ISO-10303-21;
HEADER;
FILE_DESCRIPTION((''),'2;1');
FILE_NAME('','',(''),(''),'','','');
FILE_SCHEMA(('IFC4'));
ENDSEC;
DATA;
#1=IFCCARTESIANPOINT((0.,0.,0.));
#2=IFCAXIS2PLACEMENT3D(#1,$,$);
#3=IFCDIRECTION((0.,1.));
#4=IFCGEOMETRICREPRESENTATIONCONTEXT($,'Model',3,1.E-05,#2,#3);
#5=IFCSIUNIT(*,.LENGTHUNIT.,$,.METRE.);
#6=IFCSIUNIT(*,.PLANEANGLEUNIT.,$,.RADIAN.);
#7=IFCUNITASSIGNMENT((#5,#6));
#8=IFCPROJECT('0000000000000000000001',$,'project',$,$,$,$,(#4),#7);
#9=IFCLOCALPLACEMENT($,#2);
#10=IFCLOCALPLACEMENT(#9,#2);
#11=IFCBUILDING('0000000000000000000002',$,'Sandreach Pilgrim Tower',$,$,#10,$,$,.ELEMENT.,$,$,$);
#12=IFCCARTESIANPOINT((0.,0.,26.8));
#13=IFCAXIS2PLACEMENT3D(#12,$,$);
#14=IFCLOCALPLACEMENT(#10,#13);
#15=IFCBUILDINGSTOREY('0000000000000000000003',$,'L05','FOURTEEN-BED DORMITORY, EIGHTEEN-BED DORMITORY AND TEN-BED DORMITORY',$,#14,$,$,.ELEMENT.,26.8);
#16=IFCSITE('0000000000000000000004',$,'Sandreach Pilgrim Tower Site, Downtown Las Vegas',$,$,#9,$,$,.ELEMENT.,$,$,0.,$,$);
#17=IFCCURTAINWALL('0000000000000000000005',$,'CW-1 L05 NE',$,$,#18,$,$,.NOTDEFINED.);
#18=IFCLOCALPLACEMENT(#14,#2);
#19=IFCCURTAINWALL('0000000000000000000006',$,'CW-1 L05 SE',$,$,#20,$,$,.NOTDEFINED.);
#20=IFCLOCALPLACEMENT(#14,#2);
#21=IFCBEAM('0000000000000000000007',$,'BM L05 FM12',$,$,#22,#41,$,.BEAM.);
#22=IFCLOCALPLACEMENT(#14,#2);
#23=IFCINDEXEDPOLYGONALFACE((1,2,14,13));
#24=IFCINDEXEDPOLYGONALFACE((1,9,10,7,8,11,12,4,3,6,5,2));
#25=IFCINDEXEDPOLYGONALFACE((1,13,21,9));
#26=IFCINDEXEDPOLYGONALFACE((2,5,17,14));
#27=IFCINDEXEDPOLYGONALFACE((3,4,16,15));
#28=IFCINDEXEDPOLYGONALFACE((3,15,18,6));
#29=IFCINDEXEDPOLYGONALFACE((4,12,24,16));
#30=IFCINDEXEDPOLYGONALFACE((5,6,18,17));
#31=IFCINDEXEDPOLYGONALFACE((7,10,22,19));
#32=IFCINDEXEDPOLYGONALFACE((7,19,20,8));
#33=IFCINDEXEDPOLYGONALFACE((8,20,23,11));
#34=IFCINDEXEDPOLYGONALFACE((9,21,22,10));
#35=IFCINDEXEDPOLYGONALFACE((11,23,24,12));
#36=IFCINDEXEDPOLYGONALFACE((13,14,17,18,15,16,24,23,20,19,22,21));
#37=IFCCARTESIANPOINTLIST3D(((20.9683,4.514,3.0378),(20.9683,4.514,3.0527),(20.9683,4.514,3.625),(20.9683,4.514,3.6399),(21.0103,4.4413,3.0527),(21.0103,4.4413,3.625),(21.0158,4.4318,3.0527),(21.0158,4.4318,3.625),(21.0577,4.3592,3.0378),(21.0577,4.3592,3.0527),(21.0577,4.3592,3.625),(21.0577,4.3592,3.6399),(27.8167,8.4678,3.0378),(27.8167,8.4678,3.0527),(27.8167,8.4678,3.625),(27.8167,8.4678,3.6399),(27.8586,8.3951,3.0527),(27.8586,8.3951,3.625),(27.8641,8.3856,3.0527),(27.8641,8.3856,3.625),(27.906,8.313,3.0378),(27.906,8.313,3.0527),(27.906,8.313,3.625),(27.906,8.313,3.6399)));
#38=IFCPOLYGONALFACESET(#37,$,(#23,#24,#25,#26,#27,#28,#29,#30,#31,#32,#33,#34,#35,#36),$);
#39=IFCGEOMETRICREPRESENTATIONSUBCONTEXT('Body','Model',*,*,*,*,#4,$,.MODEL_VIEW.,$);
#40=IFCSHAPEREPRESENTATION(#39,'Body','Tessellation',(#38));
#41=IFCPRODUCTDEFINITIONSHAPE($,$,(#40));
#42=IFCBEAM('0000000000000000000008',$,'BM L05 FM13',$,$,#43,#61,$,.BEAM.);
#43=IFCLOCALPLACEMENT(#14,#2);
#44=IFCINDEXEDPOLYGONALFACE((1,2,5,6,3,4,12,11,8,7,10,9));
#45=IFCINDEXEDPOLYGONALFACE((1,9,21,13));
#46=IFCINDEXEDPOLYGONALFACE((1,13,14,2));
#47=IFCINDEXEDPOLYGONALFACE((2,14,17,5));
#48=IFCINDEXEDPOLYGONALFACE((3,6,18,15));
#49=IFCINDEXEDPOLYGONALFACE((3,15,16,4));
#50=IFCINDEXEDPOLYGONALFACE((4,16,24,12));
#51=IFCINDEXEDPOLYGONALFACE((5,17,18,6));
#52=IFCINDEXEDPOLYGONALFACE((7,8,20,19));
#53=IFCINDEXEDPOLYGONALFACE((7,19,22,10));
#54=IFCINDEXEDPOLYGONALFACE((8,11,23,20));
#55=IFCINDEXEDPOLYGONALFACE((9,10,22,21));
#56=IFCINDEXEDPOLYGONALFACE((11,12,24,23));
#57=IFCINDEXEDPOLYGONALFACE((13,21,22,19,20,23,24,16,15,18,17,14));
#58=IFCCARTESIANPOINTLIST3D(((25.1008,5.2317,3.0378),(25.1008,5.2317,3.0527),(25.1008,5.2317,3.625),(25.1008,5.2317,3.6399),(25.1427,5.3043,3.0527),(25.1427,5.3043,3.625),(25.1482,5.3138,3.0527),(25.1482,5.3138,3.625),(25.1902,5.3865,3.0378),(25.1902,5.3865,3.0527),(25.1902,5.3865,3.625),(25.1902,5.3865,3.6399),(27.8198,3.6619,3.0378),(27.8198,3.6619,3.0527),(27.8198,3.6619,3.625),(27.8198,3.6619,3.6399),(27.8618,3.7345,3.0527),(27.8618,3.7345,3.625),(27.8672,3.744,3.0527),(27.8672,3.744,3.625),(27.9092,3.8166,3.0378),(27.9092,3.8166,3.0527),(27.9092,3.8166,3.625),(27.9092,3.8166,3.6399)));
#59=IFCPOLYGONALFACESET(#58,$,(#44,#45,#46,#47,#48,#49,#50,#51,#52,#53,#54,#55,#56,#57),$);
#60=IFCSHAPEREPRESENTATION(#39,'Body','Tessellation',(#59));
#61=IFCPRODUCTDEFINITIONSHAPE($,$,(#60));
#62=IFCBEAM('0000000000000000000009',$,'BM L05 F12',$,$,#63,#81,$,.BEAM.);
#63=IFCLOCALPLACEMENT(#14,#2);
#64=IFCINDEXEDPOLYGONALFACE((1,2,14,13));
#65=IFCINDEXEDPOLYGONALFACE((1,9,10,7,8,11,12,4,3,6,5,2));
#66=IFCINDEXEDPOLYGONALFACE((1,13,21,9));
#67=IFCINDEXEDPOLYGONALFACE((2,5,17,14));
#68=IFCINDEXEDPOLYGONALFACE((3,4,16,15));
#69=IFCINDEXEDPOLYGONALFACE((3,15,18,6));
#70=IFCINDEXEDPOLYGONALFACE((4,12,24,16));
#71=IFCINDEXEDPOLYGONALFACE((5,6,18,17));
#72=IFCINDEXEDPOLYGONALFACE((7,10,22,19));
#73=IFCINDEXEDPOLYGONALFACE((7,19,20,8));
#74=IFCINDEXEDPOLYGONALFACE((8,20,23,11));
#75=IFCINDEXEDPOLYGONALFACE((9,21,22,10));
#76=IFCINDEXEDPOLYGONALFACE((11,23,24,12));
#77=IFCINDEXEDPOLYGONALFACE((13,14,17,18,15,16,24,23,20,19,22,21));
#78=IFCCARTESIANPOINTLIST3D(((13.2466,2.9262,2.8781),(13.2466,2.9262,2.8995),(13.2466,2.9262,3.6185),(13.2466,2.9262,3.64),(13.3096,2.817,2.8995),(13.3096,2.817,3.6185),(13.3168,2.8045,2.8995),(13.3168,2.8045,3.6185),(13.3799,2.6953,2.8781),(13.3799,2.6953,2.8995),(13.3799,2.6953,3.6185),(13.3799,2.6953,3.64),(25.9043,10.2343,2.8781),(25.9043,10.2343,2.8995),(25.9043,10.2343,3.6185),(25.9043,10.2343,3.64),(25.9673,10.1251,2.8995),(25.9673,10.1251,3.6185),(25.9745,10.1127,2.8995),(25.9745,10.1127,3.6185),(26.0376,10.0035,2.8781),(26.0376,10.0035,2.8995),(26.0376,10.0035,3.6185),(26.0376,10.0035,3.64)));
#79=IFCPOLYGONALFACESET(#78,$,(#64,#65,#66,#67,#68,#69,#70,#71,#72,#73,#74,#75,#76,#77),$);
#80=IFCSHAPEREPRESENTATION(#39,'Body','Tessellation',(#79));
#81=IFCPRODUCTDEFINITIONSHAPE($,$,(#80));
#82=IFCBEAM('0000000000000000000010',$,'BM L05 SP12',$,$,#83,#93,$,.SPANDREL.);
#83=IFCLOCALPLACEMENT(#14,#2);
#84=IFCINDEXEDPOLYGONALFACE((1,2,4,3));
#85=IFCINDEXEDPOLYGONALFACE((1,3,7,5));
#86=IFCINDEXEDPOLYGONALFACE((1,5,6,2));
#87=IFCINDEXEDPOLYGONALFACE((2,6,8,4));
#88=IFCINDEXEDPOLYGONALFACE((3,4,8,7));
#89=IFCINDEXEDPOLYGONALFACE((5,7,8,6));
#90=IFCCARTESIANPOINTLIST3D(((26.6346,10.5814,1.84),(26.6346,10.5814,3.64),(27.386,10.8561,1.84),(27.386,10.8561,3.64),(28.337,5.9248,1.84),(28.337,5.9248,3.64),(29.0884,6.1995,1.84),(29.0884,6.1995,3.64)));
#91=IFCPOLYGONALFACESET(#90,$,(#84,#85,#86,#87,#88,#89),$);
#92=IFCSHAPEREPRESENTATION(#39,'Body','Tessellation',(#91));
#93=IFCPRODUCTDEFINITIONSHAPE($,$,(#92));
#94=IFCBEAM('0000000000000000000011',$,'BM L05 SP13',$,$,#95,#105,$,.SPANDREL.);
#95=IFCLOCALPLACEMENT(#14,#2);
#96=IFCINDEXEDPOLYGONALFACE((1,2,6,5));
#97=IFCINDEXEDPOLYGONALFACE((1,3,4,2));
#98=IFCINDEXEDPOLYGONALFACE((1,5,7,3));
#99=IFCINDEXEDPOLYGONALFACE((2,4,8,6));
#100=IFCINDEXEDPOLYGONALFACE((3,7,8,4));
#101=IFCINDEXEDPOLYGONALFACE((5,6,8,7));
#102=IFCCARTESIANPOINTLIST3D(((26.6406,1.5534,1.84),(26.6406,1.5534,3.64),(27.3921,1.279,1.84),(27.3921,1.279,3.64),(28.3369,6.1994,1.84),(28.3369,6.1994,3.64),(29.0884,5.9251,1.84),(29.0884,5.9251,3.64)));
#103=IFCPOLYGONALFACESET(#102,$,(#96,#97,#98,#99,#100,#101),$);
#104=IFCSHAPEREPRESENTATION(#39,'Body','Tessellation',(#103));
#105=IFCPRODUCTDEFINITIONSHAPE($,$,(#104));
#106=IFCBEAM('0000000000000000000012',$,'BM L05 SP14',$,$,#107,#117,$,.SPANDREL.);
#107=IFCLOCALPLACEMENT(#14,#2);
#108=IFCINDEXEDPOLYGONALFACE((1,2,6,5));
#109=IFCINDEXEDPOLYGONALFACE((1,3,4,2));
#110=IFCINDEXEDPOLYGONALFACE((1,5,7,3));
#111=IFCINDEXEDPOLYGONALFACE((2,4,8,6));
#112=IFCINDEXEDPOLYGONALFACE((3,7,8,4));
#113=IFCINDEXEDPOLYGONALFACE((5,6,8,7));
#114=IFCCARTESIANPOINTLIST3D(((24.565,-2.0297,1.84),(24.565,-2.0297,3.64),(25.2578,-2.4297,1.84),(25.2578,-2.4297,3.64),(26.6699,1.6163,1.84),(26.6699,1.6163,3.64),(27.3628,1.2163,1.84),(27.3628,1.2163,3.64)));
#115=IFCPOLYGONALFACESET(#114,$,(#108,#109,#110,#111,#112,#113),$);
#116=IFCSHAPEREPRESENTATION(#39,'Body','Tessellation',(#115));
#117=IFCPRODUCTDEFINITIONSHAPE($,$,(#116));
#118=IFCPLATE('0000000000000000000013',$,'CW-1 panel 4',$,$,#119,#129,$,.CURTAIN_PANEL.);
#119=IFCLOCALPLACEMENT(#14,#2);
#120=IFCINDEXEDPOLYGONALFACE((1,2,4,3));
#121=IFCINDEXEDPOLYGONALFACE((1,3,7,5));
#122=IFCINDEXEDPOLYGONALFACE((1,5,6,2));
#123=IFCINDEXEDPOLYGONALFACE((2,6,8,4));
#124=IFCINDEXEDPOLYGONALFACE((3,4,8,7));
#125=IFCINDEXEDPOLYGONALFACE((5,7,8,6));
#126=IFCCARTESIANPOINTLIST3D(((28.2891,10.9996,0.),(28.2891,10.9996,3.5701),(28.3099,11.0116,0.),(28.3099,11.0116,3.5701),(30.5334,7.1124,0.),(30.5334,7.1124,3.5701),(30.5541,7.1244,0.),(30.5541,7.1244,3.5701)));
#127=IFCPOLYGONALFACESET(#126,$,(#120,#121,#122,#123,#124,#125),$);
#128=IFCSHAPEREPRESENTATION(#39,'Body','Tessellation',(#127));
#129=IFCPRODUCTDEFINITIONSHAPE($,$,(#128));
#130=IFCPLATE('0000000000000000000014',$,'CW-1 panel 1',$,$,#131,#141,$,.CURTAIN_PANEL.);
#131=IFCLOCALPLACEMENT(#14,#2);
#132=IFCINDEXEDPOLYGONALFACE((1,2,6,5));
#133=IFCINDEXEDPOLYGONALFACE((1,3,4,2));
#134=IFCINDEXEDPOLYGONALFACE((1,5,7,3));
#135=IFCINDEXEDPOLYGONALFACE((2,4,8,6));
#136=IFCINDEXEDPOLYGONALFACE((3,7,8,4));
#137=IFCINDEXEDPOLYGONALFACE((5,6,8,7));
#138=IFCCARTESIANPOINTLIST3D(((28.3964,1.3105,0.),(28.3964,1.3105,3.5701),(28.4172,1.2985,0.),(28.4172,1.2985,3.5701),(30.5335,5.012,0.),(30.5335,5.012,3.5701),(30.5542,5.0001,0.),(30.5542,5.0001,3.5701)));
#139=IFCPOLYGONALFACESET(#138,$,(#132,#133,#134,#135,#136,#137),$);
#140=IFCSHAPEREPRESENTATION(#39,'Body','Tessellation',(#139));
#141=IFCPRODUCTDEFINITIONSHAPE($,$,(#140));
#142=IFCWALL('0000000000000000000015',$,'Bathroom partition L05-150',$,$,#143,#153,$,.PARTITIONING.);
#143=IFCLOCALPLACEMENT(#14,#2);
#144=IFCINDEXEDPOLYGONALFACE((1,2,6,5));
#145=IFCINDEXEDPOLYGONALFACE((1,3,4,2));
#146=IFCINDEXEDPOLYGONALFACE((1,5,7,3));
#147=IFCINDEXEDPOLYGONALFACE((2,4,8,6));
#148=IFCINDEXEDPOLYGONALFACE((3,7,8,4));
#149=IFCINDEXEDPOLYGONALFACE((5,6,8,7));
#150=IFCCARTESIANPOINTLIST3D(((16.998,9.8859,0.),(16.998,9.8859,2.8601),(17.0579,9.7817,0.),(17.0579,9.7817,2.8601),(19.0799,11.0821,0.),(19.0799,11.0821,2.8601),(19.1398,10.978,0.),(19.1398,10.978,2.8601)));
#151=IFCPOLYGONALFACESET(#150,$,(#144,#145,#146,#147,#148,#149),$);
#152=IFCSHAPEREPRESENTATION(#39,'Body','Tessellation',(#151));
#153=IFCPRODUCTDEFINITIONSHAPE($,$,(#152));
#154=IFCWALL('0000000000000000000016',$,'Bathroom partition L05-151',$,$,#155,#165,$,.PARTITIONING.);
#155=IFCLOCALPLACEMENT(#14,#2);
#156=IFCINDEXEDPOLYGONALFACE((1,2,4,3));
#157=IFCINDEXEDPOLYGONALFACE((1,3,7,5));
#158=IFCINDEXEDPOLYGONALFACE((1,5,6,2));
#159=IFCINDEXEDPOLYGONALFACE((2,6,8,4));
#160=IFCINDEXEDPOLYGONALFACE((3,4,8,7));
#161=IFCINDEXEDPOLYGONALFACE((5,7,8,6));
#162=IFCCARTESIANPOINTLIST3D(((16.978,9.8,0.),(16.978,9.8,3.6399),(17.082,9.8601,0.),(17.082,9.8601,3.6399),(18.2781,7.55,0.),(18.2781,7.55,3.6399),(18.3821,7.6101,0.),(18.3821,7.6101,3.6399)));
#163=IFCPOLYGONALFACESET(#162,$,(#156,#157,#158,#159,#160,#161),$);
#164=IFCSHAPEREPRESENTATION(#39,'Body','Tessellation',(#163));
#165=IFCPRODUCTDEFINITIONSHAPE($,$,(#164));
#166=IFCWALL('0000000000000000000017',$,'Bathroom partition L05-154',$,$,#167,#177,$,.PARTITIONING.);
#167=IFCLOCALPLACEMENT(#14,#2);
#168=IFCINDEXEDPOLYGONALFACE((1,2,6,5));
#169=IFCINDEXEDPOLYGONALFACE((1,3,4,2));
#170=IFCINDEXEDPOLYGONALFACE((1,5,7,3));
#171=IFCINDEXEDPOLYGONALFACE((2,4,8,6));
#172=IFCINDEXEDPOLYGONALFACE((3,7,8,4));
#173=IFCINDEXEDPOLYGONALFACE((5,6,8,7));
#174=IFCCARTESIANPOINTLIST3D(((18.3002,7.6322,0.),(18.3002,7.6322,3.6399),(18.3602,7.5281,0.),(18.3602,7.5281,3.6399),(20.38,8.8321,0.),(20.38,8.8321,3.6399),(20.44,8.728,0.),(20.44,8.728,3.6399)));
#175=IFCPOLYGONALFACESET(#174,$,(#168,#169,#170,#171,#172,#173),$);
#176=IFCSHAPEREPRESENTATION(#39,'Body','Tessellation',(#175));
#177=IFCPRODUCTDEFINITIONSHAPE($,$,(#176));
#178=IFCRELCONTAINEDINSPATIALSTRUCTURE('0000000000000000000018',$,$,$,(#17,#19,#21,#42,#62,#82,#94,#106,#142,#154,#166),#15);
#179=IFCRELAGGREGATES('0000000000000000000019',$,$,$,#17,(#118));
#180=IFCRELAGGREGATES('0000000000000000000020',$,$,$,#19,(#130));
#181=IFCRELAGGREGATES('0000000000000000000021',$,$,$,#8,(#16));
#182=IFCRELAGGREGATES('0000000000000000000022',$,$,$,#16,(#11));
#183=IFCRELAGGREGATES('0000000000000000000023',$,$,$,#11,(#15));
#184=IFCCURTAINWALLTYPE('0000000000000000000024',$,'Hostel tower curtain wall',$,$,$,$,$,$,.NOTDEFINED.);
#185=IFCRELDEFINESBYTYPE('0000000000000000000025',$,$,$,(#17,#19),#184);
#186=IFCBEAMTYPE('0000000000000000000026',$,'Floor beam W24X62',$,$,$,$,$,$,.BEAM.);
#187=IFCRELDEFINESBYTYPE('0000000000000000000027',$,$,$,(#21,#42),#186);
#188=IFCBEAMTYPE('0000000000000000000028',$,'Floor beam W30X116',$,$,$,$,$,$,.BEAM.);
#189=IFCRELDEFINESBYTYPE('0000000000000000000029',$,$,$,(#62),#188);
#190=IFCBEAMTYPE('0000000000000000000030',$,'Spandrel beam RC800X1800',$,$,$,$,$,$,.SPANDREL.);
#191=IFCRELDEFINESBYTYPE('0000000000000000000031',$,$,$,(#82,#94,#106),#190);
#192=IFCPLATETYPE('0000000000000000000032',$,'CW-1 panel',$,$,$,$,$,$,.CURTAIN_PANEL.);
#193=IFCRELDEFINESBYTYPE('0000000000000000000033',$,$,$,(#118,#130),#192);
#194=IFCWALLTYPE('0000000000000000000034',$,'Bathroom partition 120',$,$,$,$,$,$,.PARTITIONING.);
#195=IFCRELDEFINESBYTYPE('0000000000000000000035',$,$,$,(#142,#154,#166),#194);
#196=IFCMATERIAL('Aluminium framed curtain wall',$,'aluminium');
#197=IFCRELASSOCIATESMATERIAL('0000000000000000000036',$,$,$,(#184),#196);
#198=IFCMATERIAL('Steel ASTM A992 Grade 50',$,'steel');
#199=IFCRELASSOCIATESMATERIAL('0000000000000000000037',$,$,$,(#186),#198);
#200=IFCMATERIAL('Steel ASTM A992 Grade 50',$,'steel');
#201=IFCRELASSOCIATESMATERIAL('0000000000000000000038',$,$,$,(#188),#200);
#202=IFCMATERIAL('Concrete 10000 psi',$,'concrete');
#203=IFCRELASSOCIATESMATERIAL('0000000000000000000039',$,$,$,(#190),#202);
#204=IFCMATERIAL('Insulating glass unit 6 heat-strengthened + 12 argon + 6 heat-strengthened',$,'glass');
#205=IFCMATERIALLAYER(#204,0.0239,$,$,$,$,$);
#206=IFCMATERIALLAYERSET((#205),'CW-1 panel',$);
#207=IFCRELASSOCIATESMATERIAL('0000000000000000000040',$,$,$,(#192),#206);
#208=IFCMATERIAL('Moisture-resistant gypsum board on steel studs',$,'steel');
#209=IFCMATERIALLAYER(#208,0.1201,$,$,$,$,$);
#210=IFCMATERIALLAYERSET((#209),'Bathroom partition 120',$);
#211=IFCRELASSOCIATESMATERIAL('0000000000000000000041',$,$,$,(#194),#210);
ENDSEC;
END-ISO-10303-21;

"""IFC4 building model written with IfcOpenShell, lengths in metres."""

from ifc_helpers import new_model, si_unit, direction, frame, frame_2d, origin, origin_2d, place, context, subcontext, project, spatial, rectangle, i_section, extrude, material, layer, layer_set, material_profile, profile_set, type_object, element, aggregate, save


model = new_model("IFC4")

# Units and contexts
model_context = context("Model", 3, precision=1e-05, world=origin(), true_north=direction((0.0, 1.0)))
body_context = subcontext(model_context, "Body", "Model", "MODEL_VIEW")
ifc_project = project(units=[si_unit("LENGTHUNIT", "METRE"), si_unit("PLANEANGLEUNIT", "RADIAN")], contexts=[model_context])

# Site, building, storey
site_placement = place(None, origin())
site = spatial("IfcSite", under=ifc_project, at=site_placement, Name="Sandreach Pilgrim Tower Site, Downtown Las Vegas", CompositionType="ELEMENT", RefElevation=0.0)
building_placement = place(site_placement, origin())
building = spatial("IfcBuilding", under=site, at=building_placement, Name="Sandreach Pilgrim Tower", CompositionType="ELEMENT")
storey_placement = place(building_placement, frame((0.0, 0.0, 26.8)))
storey = spatial("IfcBuildingStorey", under=building, at=storey_placement, Name="L05", Description="FOURTEEN-BED DORMITORY, EIGHTEEN-BED DORMITORY AND TEN-BED DORMITORY", CompositionType="ELEMENT", Elevation=26.8)

# Curtain wall
ifc_material_1 = material(Name="Aluminium framed curtain wall", Category="aluminium")
curtain_wall_type = type_object("IfcCurtainWallType", Name="Hostel tower curtain wall", PredefinedType="NOTDEFINED", material=ifc_material_1)
curtain_wall_1_placement = place(storey_placement, origin())
curtain_wall_1 = element("IfcCurtainWall", 1, at=curtain_wall_1_placement, inside=storey, type_object=curtain_wall_type, Name="CW-1 L05 NE", PredefinedType="NOTDEFINED")

# Curtain wall
curtain_wall_2_placement = place(storey_placement, origin())
curtain_wall_2 = element("IfcCurtainWall", 2, at=curtain_wall_2_placement, inside=storey, type_object=curtain_wall_type, Name="CW-1 L05 SE", PredefinedType="NOTDEFINED")

# Beams
ifc_material_2 = material(Name="Steel ASTM A992 Grade 50", Category="steel")
ifc_material_profile_1 = material_profile(ifc_material_2, i_section(OverallWidth=0.1787, OverallDepth=0.6021, WebThickness=0.011, FlangeThickness=0.0149, at=origin_2d()), Name="W24X62")
ifc_profile_set_1 = profile_set([ifc_material_profile_1], Name="Steel ASTM A992 Grade 50")
beam_type_1 = type_object("IfcBeamType", Name="Floor beam W24X62", PredefinedType="BEAM", material=ifc_profile_set_1)
beam_1_placement = place(storey_placement, frame((27.8613, 8.3904, 3.3389), z_axis=(-0.866029, -0.499994, 0.0), x_axis=(0.499994, -0.866029, 0.0)))
element("IfcBeam", 3, at=beam_1_placement, inside=storey, type_object=beam_type_1, Name="BM L05 FM12", PredefinedType="BEAM", context=body_context, shape_type="SweptSolid", body=[
    extrude(i_section(OverallWidth=0.1787, OverallDepth=0.6021, WebThickness=0.011, FlangeThickness=0.0149, at=origin_2d()), origin(), (0.0, 0.0, 1.0), 7.9077),
])
beam_2_placement = place(storey_placement, frame((27.8645, 3.7393, 3.3389), z_axis=(-0.866024, 0.500003, 0.0), x_axis=(-0.500003, -0.866024, 0.0)))
element("IfcBeam", 4, at=beam_2_placement, inside=storey, type_object=beam_type_1, Name="BM L05 FM13", PredefinedType="BEAM", context=body_context, shape_type="SweptSolid", body=[
    extrude(i_section(OverallWidth=0.1787, OverallDepth=0.6021, WebThickness=0.011, FlangeThickness=0.0149, at=origin_2d()), origin(), (0.0, 0.0, 1.0), 3.1396),
])
ifc_material_3 = material(Name="Steel ASTM A992 Grade 50", Category="steel")
ifc_material_profile_2 = material_profile(ifc_material_3, i_section(OverallWidth=0.2666, OverallDepth=0.762, WebThickness=0.0144, FlangeThickness=0.0215, at=origin_2d()), Name="W30X116")
ifc_profile_set_2 = profile_set([ifc_material_profile_2], Name="Steel ASTM A992 Grade 50")
beam_type_2 = type_object("IfcBeamType", Name="Floor beam W30X116", PredefinedType="BEAM", material=ifc_profile_set_2)
beam_3_placement = place(storey_placement, frame((25.9709, 10.1189, 3.259), z_axis=(-0.86602, -0.500009, 0.0), x_axis=(0.500009, -0.86602, 0.0)))
element("IfcBeam", 5, at=beam_3_placement, inside=storey, type_object=beam_type_2, Name="BM L05 F12", PredefinedType="BEAM", context=body_context, shape_type="SweptSolid", body=[
    extrude(i_section(OverallWidth=0.2666, OverallDepth=0.762, WebThickness=0.0144, FlangeThickness=0.0215, at=origin_2d()), origin(), (0.0, 0.0, 1.0), 14.616),
])
ifc_material_4 = material(Name="Concrete 10000 psi", Category="concrete")
ifc_material_profile_3 = material_profile(ifc_material_4, rectangle(XDim=0.8, YDim=1.8, at=origin_2d()), Name="RC800X1800")
ifc_profile_set_3 = profile_set([ifc_material_profile_3], Name="Concrete 10000 psi")
beam_type_3 = type_object("IfcBeamType", Name="Spandrel beam RC800X1800", PredefinedType="SPANDREL", material=ifc_profile_set_3)
beam_4_placement = place(storey_placement, frame((27.0103, 10.7188, 2.74), z_axis=(0.343368, -0.939201, 0.0), x_axis=(0.939201, 0.343368, 0.0)))
element("IfcBeam", 6, at=beam_4_placement, inside=storey, type_object=beam_type_3, Name="BM L05 SP12", PredefinedType="SPANDREL", context=body_context, shape_type="SweptSolid", body=[
    extrude(rectangle(XDim=0.8, YDim=1.8, at=origin_2d()), origin(), (0.0, 0.0, 1.0), 4.958),
])
beam_5_placement = place(storey_placement, frame((28.7126, 6.0623, 2.74), z_axis=(-0.342963, -0.939349, 0.0), x_axis=(0.939349, -0.342963, 0.0)))
element("IfcBeam", 7, at=beam_5_placement, inside=storey, type_object=beam_type_3, Name="BM L05 SP13", PredefinedType="SPANDREL", context=body_context, shape_type="SweptSolid", body=[
    extrude(rectangle(XDim=0.8, YDim=1.8, at=origin_2d()), origin(), (0.0, 0.0, 1.0), 4.946),
])
beam_6_placement = place(storey_placement, frame((27.0164, 1.4163, 2.74), z_axis=(-0.499994, -0.866029, 0.0), x_axis=(0.866029, -0.499994, 0.0)))
element("IfcBeam", 8, at=beam_6_placement, inside=storey, type_object=beam_type_3, Name="BM L05 SP14", PredefinedType="SPANDREL", context=body_context, shape_type="SweptSolid", body=[
    extrude(rectangle(XDim=0.8, YDim=1.8, at=origin_2d()), origin(), (0.0, 0.0, 1.0), 4.21),
])

# Plates
ifc_material_5 = material(Name="Insulating glass unit 6 heat-strengthened + 12 argon + 6 heat-strengthened", Category="glass")
ifc_layer_1 = layer(ifc_material_5, 0.0239)
ifc_layer_set_1 = layer_set([ifc_layer_1], Name="CW-1 panel")
plate_type = type_object("IfcPlateType", Name="CW-1 panel", PredefinedType="CURTAIN_PANEL", material=ifc_layer_set_1)
plate_1_placement = place(storey_placement, frame((29.4216, 9.062, 0.0), z_axis=(0.0, 0.0, 1.0), x_axis=(0.5, -0.866025, 0.0)))
plate_1 = element("IfcPlate", 9, at=plate_1_placement, type_object=plate_type, Name="CW-1 panel 4", PredefinedType="CURTAIN_PANEL", context=body_context, shape_type="SweptSolid", body=[
    extrude(rectangle(XDim=4.4885, YDim=0.0239, at=origin_2d()), origin(), (0.0, 0.0, 1.0), 3.5701),
])
aggregate(curtain_wall_1, [plate_1])
plate_2_placement = place(storey_placement, frame((29.4753, 3.1553, 0.0), z_axis=(0.0, 0.0, 1.0), x_axis=(-0.5, -0.866025, 0.0)))
plate_2 = element("IfcPlate", 10, at=plate_2_placement, type_object=plate_type, Name="CW-1 panel 1", PredefinedType="CURTAIN_PANEL", context=body_context, shape_type="SweptSolid", body=[
    extrude(rectangle(XDim=4.2742, YDim=0.0239, at=origin_2d()), origin(), (0.0, 0.0, 1.0), 3.5701),
])
aggregate(curtain_wall_2, [plate_2])

# Walls
ifc_material_6 = material(Name="Moisture-resistant gypsum board on steel studs", Category="steel")
ifc_layer_2 = layer(ifc_material_6, 0.1201)
ifc_layer_set_2 = layer_set([ifc_layer_2], Name="Bathroom partition 120")
wall_type_1 = type_object("IfcWallType", Name="Bathroom partition 120", PredefinedType="PARTITIONING", material=ifc_layer_set_2)
wall_1_placement = place(storey_placement, frame((17.0278, 9.8337, 0.0), z_axis=(0.0, 0.0, 1.0), x_axis=(0.867064, 0.498196, 0.0)))
element("IfcWall", 11, at=wall_1_placement, inside=storey, type_object=wall_type_1, Name="Bathroom partition L05-150", PredefinedType="PARTITIONING", context=body_context, shape_type="SweptSolid", body=[
    extrude(rectangle(XDim=2.4011, YDim=0.1201, at=frame_2d((1.2007, 0.0))), origin(), (0.0, 0.0, 1.0), 2.8601),
])
wall_2_placement = place(storey_placement, frame((17.03, 9.8301, 0.0), z_axis=(0.0, 0.0, 1.0), x_axis=(0.500292, -0.865857, 0.0)))
element("IfcWall", 12, at=wall_2_placement, inside=storey, type_object=wall_type_1, Name="Bathroom partition L05-151", PredefinedType="PARTITIONING", context=body_context, shape_type="SweptSolid", body=[
    extrude(rectangle(XDim=2.5986, YDim=0.1201, at=frame_2d((1.2993, 0.0))), origin(), (0.0, 0.0, 1.0), 3.6399),
])
wall_3_placement = place(storey_placement, frame((18.3301, 7.5801, 0.0), z_axis=(0.0, 0.0, 1.0), x_axis=(0.866177, 0.499737, 0.0)))
element("IfcWall", 13, at=wall_3_placement, inside=storey, type_object=wall_type_1, Name="Bathroom partition L05-154", PredefinedType="PARTITIONING", context=body_context, shape_type="SweptSolid", body=[
    extrude(rectangle(XDim=2.4011, YDim=0.1201, at=frame_2d((1.2007, 0.0))), origin(), (0.0, 0.0, 1.0), 3.6399),
])

save(model, "model.ifc")
